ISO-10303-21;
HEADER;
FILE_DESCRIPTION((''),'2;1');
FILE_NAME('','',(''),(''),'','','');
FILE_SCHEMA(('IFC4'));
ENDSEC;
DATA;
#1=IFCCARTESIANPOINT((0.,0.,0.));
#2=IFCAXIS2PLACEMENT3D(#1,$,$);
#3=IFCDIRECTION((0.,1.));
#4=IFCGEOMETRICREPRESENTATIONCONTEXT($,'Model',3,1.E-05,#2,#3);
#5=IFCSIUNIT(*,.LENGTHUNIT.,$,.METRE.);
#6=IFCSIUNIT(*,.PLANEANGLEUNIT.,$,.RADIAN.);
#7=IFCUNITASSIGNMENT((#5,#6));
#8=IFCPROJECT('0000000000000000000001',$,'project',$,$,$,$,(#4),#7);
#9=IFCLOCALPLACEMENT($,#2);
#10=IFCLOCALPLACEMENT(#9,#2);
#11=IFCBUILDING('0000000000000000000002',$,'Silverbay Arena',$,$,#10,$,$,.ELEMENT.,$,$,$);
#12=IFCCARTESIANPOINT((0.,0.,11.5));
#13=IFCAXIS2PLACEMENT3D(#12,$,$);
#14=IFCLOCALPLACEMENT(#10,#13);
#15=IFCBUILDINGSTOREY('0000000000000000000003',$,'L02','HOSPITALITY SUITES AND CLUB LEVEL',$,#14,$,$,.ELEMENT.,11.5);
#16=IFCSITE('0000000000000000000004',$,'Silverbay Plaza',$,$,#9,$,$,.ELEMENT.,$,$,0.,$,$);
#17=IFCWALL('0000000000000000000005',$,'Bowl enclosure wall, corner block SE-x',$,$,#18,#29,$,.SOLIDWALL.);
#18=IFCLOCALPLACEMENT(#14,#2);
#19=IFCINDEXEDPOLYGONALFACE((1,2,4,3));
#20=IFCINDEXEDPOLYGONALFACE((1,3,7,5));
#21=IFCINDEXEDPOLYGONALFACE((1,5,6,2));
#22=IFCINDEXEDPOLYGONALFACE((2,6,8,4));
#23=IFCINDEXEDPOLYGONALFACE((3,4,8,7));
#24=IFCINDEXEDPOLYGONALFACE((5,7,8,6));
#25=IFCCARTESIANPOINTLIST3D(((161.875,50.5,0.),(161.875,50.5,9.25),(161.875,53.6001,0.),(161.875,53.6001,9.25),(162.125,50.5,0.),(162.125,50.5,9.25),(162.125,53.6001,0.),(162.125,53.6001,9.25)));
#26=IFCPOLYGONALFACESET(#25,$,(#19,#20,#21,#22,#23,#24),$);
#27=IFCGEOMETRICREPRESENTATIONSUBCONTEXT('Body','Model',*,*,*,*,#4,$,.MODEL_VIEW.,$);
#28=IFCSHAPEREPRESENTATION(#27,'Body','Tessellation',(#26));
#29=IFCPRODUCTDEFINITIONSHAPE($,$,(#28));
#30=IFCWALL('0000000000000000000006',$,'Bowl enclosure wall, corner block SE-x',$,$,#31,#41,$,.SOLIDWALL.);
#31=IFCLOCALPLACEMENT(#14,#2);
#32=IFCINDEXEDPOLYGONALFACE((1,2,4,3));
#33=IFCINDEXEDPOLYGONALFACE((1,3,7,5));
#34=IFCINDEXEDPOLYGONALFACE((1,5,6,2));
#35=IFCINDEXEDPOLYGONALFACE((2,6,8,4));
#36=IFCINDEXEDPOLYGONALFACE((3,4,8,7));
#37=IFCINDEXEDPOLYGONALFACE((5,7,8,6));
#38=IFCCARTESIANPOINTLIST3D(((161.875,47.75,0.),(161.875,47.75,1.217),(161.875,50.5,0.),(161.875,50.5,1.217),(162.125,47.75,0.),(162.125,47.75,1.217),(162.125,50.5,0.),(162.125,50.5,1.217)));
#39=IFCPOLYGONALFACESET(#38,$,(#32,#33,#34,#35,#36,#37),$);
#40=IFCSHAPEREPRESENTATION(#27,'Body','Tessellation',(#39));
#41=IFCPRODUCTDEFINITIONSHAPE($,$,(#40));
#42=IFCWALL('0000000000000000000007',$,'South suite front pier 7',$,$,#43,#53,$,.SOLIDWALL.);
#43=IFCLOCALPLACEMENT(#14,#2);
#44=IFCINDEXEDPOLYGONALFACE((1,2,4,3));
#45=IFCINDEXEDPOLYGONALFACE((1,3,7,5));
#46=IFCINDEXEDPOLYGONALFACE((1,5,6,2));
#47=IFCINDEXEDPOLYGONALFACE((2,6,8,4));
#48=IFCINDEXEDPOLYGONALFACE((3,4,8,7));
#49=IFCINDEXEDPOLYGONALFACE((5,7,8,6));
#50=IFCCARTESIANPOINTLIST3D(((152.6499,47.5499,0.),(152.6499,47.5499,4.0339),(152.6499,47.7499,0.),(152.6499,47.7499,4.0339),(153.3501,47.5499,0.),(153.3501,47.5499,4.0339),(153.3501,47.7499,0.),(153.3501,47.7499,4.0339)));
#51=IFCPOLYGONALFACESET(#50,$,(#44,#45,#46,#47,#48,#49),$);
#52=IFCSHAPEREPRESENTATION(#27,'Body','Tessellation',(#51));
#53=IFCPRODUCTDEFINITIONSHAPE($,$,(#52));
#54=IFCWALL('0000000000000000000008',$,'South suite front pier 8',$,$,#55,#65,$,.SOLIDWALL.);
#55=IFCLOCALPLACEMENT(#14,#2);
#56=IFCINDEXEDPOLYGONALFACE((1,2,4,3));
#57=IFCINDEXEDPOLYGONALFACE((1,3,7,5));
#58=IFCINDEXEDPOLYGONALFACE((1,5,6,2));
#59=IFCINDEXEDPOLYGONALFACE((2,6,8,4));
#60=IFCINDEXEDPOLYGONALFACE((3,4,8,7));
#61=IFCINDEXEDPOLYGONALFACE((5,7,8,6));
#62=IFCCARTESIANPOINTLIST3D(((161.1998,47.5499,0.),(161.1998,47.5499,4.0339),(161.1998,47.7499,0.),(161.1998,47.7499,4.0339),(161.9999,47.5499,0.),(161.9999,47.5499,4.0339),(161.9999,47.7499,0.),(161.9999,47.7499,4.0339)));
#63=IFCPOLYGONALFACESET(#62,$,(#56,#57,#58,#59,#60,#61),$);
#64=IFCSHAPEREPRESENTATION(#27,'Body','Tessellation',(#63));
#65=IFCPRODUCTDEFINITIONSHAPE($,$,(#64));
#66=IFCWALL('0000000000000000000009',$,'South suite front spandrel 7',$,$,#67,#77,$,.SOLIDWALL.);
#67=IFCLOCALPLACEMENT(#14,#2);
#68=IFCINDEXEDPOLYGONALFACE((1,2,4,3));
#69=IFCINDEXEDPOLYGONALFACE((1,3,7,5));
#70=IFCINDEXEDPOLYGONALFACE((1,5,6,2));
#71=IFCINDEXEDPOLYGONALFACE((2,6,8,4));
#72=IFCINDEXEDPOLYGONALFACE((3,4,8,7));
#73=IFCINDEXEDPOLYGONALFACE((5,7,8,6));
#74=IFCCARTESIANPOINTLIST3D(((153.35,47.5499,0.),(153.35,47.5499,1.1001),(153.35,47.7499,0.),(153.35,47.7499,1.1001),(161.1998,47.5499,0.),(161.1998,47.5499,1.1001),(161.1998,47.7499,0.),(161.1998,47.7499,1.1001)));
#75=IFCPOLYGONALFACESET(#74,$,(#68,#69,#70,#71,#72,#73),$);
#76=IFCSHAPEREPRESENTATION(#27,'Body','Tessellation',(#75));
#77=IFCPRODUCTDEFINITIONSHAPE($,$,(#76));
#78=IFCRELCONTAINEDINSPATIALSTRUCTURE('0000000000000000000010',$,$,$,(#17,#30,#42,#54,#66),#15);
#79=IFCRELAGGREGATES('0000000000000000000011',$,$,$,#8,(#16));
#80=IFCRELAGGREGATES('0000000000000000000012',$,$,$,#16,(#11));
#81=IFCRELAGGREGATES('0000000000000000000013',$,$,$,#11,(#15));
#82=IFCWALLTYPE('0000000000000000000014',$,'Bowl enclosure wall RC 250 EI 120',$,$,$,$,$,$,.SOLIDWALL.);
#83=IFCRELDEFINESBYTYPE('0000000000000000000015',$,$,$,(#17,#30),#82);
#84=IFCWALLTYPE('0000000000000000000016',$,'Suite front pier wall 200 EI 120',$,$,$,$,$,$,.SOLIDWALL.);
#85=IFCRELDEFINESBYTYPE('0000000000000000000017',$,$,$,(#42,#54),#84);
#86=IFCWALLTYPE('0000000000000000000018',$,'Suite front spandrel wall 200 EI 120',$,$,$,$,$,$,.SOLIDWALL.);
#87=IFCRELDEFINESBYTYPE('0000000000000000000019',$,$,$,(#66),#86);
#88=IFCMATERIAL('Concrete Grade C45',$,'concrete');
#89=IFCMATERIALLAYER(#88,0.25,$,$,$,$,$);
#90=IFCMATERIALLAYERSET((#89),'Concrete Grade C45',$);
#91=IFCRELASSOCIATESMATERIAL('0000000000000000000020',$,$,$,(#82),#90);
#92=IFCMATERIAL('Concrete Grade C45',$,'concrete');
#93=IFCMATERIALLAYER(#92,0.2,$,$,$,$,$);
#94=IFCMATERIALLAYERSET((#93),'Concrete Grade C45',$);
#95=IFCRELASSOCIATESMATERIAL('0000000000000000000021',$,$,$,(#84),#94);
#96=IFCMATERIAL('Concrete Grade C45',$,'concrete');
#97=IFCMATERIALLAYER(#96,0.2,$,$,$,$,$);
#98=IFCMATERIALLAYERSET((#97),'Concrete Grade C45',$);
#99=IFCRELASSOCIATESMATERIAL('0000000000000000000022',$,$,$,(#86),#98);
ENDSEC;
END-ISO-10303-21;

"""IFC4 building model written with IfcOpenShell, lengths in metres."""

from ifc_helpers import new_model, si_unit, direction, frame, frame_2d, origin, place, context, subcontext, project, spatial, rectangle, extrude, material, layer, layer_set, type_object, element, save


model = new_model("IFC4")

# Units and contexts
model_context = context("Model", 3, precision=1e-05, world=origin(), true_north=direction((0.0, 1.0)))
body_context = subcontext(model_context, "Body", "Model", "MODEL_VIEW")
ifc_project = project(units=[si_unit("LENGTHUNIT", "METRE"), si_unit("PLANEANGLEUNIT", "RADIAN")], contexts=[model_context])

# Site, building, storey
site_placement = place(None, origin())
site = spatial("IfcSite", under=ifc_project, at=site_placement, Name="Silverbay Plaza", CompositionType="ELEMENT", RefElevation=0.0)
building_placement = place(site_placement, origin())
building = spatial("IfcBuilding", under=site, at=building_placement, Name="Silverbay Arena", CompositionType="ELEMENT")
storey_placement = place(building_placement, frame((0.0, 0.0, 11.5)))
storey = spatial("IfcBuildingStorey", under=building, at=storey_placement, Name="L02", Description="HOSPITALITY SUITES AND CLUB LEVEL", CompositionType="ELEMENT", Elevation=11.5)

# Walls
ifc_material_1 = material(Name="Concrete Grade C45", Category="concrete")
ifc_layer_1 = layer(ifc_material_1, 0.25)
ifc_layer_set_1 = layer_set([ifc_layer_1], Name="Concrete Grade C45")
wall_type_1 = type_object("IfcWallType", Name="Bowl enclosure wall RC 250 EI 120", PredefinedType="SOLIDWALL", material=ifc_layer_set_1)
wall_1_placement = place(storey_placement, frame((162.0, 50.5, 0.0), z_axis=(0.0, 0.0, 1.0), x_axis=(0.0, 1.0, 0.0)))
element("IfcWall", 1, at=wall_1_placement, inside=storey, type_object=wall_type_1, Name="Bowl enclosure wall, corner block SE-x", PredefinedType="SOLIDWALL", context=body_context, shape_type="SweptSolid", body=[
    extrude(rectangle(XDim=3.1001, YDim=0.25, at=frame_2d((1.55, 0.0))), origin(), (0.0, 0.0, 1.0), 9.25),
])
wall_2_placement = place(storey_placement, frame((162.0, 47.75, 0.0), z_axis=(0.0, 0.0, 1.0), x_axis=(0.0, 1.0, 0.0)))
element("IfcWall", 2, at=wall_2_placement, inside=storey, type_object=wall_type_1, Name="Bowl enclosure wall, corner block SE-x", PredefinedType="SOLIDWALL", context=body_context, shape_type="SweptSolid", body=[
    extrude(rectangle(XDim=2.75, YDim=0.25, at=frame_2d((1.375, 0.0))), origin(), (0.0, 0.0, 1.0), 1.217),
])
ifc_material_2 = material(Name="Concrete Grade C45", Category="concrete")
ifc_layer_2 = layer(ifc_material_2, 0.2)
ifc_layer_set_2 = layer_set([ifc_layer_2], Name="Concrete Grade C45")
wall_type_2 = type_object("IfcWallType", Name="Suite front pier wall 200 EI 120", PredefinedType="SOLIDWALL", material=ifc_layer_set_2)
wall_3_placement = place(storey_placement, frame((152.6499, 47.6499, 0.0), z_axis=(0.0, 0.0, 1.0), x_axis=(1.0, 0.0, 0.0)))
element("IfcWall", 3, at=wall_3_placement, inside=storey, type_object=wall_type_2, Name="South suite front pier 7", PredefinedType="SOLIDWALL", context=body_context, shape_type="SweptSolid", body=[
    extrude(rectangle(XDim=0.7002, YDim=0.2, at=frame_2d((0.3501, 0.0))), origin(), (0.0, 0.0, 1.0), 4.0339),
])
wall_4_placement = place(storey_placement, frame((161.2, 47.6499, 0.0), z_axis=(0.0, 0.0, 1.0), x_axis=(1.0, 0.0, 0.0)))
element("IfcWall", 4, at=wall_4_placement, inside=storey, type_object=wall_type_2, Name="South suite front pier 8", PredefinedType="SOLIDWALL", context=body_context, shape_type="SweptSolid", body=[
    extrude(rectangle(XDim=0.8, YDim=0.2, at=frame_2d((0.3999, 0.0))), origin(), (0.0, 0.0, 1.0), 4.0339),
])
ifc_material_3 = material(Name="Concrete Grade C45", Category="concrete")
ifc_layer_3 = layer(ifc_material_3, 0.2)
ifc_layer_set_3 = layer_set([ifc_layer_3], Name="Concrete Grade C45")
wall_type_3 = type_object("IfcWallType", Name="Suite front spandrel wall 200 EI 120", PredefinedType="SOLIDWALL", material=ifc_layer_set_3)
wall_5_placement = place(storey_placement, frame((153.3501, 47.6499, 0.0), z_axis=(0.0, 0.0, 1.0), x_axis=(1.0, 0.0, 0.0)))
element("IfcWall", 5, at=wall_5_placement, inside=storey, type_object=wall_type_3, Name="South suite front spandrel 7", PredefinedType="SOLIDWALL", context=body_context, shape_type="SweptSolid", body=[
    extrude(rectangle(XDim=7.8499, YDim=0.2, at=frame_2d((3.9248, 0.0))), origin(), (0.0, 0.0, 1.0), 1.1001),
])

save(model, "model.ifc")
